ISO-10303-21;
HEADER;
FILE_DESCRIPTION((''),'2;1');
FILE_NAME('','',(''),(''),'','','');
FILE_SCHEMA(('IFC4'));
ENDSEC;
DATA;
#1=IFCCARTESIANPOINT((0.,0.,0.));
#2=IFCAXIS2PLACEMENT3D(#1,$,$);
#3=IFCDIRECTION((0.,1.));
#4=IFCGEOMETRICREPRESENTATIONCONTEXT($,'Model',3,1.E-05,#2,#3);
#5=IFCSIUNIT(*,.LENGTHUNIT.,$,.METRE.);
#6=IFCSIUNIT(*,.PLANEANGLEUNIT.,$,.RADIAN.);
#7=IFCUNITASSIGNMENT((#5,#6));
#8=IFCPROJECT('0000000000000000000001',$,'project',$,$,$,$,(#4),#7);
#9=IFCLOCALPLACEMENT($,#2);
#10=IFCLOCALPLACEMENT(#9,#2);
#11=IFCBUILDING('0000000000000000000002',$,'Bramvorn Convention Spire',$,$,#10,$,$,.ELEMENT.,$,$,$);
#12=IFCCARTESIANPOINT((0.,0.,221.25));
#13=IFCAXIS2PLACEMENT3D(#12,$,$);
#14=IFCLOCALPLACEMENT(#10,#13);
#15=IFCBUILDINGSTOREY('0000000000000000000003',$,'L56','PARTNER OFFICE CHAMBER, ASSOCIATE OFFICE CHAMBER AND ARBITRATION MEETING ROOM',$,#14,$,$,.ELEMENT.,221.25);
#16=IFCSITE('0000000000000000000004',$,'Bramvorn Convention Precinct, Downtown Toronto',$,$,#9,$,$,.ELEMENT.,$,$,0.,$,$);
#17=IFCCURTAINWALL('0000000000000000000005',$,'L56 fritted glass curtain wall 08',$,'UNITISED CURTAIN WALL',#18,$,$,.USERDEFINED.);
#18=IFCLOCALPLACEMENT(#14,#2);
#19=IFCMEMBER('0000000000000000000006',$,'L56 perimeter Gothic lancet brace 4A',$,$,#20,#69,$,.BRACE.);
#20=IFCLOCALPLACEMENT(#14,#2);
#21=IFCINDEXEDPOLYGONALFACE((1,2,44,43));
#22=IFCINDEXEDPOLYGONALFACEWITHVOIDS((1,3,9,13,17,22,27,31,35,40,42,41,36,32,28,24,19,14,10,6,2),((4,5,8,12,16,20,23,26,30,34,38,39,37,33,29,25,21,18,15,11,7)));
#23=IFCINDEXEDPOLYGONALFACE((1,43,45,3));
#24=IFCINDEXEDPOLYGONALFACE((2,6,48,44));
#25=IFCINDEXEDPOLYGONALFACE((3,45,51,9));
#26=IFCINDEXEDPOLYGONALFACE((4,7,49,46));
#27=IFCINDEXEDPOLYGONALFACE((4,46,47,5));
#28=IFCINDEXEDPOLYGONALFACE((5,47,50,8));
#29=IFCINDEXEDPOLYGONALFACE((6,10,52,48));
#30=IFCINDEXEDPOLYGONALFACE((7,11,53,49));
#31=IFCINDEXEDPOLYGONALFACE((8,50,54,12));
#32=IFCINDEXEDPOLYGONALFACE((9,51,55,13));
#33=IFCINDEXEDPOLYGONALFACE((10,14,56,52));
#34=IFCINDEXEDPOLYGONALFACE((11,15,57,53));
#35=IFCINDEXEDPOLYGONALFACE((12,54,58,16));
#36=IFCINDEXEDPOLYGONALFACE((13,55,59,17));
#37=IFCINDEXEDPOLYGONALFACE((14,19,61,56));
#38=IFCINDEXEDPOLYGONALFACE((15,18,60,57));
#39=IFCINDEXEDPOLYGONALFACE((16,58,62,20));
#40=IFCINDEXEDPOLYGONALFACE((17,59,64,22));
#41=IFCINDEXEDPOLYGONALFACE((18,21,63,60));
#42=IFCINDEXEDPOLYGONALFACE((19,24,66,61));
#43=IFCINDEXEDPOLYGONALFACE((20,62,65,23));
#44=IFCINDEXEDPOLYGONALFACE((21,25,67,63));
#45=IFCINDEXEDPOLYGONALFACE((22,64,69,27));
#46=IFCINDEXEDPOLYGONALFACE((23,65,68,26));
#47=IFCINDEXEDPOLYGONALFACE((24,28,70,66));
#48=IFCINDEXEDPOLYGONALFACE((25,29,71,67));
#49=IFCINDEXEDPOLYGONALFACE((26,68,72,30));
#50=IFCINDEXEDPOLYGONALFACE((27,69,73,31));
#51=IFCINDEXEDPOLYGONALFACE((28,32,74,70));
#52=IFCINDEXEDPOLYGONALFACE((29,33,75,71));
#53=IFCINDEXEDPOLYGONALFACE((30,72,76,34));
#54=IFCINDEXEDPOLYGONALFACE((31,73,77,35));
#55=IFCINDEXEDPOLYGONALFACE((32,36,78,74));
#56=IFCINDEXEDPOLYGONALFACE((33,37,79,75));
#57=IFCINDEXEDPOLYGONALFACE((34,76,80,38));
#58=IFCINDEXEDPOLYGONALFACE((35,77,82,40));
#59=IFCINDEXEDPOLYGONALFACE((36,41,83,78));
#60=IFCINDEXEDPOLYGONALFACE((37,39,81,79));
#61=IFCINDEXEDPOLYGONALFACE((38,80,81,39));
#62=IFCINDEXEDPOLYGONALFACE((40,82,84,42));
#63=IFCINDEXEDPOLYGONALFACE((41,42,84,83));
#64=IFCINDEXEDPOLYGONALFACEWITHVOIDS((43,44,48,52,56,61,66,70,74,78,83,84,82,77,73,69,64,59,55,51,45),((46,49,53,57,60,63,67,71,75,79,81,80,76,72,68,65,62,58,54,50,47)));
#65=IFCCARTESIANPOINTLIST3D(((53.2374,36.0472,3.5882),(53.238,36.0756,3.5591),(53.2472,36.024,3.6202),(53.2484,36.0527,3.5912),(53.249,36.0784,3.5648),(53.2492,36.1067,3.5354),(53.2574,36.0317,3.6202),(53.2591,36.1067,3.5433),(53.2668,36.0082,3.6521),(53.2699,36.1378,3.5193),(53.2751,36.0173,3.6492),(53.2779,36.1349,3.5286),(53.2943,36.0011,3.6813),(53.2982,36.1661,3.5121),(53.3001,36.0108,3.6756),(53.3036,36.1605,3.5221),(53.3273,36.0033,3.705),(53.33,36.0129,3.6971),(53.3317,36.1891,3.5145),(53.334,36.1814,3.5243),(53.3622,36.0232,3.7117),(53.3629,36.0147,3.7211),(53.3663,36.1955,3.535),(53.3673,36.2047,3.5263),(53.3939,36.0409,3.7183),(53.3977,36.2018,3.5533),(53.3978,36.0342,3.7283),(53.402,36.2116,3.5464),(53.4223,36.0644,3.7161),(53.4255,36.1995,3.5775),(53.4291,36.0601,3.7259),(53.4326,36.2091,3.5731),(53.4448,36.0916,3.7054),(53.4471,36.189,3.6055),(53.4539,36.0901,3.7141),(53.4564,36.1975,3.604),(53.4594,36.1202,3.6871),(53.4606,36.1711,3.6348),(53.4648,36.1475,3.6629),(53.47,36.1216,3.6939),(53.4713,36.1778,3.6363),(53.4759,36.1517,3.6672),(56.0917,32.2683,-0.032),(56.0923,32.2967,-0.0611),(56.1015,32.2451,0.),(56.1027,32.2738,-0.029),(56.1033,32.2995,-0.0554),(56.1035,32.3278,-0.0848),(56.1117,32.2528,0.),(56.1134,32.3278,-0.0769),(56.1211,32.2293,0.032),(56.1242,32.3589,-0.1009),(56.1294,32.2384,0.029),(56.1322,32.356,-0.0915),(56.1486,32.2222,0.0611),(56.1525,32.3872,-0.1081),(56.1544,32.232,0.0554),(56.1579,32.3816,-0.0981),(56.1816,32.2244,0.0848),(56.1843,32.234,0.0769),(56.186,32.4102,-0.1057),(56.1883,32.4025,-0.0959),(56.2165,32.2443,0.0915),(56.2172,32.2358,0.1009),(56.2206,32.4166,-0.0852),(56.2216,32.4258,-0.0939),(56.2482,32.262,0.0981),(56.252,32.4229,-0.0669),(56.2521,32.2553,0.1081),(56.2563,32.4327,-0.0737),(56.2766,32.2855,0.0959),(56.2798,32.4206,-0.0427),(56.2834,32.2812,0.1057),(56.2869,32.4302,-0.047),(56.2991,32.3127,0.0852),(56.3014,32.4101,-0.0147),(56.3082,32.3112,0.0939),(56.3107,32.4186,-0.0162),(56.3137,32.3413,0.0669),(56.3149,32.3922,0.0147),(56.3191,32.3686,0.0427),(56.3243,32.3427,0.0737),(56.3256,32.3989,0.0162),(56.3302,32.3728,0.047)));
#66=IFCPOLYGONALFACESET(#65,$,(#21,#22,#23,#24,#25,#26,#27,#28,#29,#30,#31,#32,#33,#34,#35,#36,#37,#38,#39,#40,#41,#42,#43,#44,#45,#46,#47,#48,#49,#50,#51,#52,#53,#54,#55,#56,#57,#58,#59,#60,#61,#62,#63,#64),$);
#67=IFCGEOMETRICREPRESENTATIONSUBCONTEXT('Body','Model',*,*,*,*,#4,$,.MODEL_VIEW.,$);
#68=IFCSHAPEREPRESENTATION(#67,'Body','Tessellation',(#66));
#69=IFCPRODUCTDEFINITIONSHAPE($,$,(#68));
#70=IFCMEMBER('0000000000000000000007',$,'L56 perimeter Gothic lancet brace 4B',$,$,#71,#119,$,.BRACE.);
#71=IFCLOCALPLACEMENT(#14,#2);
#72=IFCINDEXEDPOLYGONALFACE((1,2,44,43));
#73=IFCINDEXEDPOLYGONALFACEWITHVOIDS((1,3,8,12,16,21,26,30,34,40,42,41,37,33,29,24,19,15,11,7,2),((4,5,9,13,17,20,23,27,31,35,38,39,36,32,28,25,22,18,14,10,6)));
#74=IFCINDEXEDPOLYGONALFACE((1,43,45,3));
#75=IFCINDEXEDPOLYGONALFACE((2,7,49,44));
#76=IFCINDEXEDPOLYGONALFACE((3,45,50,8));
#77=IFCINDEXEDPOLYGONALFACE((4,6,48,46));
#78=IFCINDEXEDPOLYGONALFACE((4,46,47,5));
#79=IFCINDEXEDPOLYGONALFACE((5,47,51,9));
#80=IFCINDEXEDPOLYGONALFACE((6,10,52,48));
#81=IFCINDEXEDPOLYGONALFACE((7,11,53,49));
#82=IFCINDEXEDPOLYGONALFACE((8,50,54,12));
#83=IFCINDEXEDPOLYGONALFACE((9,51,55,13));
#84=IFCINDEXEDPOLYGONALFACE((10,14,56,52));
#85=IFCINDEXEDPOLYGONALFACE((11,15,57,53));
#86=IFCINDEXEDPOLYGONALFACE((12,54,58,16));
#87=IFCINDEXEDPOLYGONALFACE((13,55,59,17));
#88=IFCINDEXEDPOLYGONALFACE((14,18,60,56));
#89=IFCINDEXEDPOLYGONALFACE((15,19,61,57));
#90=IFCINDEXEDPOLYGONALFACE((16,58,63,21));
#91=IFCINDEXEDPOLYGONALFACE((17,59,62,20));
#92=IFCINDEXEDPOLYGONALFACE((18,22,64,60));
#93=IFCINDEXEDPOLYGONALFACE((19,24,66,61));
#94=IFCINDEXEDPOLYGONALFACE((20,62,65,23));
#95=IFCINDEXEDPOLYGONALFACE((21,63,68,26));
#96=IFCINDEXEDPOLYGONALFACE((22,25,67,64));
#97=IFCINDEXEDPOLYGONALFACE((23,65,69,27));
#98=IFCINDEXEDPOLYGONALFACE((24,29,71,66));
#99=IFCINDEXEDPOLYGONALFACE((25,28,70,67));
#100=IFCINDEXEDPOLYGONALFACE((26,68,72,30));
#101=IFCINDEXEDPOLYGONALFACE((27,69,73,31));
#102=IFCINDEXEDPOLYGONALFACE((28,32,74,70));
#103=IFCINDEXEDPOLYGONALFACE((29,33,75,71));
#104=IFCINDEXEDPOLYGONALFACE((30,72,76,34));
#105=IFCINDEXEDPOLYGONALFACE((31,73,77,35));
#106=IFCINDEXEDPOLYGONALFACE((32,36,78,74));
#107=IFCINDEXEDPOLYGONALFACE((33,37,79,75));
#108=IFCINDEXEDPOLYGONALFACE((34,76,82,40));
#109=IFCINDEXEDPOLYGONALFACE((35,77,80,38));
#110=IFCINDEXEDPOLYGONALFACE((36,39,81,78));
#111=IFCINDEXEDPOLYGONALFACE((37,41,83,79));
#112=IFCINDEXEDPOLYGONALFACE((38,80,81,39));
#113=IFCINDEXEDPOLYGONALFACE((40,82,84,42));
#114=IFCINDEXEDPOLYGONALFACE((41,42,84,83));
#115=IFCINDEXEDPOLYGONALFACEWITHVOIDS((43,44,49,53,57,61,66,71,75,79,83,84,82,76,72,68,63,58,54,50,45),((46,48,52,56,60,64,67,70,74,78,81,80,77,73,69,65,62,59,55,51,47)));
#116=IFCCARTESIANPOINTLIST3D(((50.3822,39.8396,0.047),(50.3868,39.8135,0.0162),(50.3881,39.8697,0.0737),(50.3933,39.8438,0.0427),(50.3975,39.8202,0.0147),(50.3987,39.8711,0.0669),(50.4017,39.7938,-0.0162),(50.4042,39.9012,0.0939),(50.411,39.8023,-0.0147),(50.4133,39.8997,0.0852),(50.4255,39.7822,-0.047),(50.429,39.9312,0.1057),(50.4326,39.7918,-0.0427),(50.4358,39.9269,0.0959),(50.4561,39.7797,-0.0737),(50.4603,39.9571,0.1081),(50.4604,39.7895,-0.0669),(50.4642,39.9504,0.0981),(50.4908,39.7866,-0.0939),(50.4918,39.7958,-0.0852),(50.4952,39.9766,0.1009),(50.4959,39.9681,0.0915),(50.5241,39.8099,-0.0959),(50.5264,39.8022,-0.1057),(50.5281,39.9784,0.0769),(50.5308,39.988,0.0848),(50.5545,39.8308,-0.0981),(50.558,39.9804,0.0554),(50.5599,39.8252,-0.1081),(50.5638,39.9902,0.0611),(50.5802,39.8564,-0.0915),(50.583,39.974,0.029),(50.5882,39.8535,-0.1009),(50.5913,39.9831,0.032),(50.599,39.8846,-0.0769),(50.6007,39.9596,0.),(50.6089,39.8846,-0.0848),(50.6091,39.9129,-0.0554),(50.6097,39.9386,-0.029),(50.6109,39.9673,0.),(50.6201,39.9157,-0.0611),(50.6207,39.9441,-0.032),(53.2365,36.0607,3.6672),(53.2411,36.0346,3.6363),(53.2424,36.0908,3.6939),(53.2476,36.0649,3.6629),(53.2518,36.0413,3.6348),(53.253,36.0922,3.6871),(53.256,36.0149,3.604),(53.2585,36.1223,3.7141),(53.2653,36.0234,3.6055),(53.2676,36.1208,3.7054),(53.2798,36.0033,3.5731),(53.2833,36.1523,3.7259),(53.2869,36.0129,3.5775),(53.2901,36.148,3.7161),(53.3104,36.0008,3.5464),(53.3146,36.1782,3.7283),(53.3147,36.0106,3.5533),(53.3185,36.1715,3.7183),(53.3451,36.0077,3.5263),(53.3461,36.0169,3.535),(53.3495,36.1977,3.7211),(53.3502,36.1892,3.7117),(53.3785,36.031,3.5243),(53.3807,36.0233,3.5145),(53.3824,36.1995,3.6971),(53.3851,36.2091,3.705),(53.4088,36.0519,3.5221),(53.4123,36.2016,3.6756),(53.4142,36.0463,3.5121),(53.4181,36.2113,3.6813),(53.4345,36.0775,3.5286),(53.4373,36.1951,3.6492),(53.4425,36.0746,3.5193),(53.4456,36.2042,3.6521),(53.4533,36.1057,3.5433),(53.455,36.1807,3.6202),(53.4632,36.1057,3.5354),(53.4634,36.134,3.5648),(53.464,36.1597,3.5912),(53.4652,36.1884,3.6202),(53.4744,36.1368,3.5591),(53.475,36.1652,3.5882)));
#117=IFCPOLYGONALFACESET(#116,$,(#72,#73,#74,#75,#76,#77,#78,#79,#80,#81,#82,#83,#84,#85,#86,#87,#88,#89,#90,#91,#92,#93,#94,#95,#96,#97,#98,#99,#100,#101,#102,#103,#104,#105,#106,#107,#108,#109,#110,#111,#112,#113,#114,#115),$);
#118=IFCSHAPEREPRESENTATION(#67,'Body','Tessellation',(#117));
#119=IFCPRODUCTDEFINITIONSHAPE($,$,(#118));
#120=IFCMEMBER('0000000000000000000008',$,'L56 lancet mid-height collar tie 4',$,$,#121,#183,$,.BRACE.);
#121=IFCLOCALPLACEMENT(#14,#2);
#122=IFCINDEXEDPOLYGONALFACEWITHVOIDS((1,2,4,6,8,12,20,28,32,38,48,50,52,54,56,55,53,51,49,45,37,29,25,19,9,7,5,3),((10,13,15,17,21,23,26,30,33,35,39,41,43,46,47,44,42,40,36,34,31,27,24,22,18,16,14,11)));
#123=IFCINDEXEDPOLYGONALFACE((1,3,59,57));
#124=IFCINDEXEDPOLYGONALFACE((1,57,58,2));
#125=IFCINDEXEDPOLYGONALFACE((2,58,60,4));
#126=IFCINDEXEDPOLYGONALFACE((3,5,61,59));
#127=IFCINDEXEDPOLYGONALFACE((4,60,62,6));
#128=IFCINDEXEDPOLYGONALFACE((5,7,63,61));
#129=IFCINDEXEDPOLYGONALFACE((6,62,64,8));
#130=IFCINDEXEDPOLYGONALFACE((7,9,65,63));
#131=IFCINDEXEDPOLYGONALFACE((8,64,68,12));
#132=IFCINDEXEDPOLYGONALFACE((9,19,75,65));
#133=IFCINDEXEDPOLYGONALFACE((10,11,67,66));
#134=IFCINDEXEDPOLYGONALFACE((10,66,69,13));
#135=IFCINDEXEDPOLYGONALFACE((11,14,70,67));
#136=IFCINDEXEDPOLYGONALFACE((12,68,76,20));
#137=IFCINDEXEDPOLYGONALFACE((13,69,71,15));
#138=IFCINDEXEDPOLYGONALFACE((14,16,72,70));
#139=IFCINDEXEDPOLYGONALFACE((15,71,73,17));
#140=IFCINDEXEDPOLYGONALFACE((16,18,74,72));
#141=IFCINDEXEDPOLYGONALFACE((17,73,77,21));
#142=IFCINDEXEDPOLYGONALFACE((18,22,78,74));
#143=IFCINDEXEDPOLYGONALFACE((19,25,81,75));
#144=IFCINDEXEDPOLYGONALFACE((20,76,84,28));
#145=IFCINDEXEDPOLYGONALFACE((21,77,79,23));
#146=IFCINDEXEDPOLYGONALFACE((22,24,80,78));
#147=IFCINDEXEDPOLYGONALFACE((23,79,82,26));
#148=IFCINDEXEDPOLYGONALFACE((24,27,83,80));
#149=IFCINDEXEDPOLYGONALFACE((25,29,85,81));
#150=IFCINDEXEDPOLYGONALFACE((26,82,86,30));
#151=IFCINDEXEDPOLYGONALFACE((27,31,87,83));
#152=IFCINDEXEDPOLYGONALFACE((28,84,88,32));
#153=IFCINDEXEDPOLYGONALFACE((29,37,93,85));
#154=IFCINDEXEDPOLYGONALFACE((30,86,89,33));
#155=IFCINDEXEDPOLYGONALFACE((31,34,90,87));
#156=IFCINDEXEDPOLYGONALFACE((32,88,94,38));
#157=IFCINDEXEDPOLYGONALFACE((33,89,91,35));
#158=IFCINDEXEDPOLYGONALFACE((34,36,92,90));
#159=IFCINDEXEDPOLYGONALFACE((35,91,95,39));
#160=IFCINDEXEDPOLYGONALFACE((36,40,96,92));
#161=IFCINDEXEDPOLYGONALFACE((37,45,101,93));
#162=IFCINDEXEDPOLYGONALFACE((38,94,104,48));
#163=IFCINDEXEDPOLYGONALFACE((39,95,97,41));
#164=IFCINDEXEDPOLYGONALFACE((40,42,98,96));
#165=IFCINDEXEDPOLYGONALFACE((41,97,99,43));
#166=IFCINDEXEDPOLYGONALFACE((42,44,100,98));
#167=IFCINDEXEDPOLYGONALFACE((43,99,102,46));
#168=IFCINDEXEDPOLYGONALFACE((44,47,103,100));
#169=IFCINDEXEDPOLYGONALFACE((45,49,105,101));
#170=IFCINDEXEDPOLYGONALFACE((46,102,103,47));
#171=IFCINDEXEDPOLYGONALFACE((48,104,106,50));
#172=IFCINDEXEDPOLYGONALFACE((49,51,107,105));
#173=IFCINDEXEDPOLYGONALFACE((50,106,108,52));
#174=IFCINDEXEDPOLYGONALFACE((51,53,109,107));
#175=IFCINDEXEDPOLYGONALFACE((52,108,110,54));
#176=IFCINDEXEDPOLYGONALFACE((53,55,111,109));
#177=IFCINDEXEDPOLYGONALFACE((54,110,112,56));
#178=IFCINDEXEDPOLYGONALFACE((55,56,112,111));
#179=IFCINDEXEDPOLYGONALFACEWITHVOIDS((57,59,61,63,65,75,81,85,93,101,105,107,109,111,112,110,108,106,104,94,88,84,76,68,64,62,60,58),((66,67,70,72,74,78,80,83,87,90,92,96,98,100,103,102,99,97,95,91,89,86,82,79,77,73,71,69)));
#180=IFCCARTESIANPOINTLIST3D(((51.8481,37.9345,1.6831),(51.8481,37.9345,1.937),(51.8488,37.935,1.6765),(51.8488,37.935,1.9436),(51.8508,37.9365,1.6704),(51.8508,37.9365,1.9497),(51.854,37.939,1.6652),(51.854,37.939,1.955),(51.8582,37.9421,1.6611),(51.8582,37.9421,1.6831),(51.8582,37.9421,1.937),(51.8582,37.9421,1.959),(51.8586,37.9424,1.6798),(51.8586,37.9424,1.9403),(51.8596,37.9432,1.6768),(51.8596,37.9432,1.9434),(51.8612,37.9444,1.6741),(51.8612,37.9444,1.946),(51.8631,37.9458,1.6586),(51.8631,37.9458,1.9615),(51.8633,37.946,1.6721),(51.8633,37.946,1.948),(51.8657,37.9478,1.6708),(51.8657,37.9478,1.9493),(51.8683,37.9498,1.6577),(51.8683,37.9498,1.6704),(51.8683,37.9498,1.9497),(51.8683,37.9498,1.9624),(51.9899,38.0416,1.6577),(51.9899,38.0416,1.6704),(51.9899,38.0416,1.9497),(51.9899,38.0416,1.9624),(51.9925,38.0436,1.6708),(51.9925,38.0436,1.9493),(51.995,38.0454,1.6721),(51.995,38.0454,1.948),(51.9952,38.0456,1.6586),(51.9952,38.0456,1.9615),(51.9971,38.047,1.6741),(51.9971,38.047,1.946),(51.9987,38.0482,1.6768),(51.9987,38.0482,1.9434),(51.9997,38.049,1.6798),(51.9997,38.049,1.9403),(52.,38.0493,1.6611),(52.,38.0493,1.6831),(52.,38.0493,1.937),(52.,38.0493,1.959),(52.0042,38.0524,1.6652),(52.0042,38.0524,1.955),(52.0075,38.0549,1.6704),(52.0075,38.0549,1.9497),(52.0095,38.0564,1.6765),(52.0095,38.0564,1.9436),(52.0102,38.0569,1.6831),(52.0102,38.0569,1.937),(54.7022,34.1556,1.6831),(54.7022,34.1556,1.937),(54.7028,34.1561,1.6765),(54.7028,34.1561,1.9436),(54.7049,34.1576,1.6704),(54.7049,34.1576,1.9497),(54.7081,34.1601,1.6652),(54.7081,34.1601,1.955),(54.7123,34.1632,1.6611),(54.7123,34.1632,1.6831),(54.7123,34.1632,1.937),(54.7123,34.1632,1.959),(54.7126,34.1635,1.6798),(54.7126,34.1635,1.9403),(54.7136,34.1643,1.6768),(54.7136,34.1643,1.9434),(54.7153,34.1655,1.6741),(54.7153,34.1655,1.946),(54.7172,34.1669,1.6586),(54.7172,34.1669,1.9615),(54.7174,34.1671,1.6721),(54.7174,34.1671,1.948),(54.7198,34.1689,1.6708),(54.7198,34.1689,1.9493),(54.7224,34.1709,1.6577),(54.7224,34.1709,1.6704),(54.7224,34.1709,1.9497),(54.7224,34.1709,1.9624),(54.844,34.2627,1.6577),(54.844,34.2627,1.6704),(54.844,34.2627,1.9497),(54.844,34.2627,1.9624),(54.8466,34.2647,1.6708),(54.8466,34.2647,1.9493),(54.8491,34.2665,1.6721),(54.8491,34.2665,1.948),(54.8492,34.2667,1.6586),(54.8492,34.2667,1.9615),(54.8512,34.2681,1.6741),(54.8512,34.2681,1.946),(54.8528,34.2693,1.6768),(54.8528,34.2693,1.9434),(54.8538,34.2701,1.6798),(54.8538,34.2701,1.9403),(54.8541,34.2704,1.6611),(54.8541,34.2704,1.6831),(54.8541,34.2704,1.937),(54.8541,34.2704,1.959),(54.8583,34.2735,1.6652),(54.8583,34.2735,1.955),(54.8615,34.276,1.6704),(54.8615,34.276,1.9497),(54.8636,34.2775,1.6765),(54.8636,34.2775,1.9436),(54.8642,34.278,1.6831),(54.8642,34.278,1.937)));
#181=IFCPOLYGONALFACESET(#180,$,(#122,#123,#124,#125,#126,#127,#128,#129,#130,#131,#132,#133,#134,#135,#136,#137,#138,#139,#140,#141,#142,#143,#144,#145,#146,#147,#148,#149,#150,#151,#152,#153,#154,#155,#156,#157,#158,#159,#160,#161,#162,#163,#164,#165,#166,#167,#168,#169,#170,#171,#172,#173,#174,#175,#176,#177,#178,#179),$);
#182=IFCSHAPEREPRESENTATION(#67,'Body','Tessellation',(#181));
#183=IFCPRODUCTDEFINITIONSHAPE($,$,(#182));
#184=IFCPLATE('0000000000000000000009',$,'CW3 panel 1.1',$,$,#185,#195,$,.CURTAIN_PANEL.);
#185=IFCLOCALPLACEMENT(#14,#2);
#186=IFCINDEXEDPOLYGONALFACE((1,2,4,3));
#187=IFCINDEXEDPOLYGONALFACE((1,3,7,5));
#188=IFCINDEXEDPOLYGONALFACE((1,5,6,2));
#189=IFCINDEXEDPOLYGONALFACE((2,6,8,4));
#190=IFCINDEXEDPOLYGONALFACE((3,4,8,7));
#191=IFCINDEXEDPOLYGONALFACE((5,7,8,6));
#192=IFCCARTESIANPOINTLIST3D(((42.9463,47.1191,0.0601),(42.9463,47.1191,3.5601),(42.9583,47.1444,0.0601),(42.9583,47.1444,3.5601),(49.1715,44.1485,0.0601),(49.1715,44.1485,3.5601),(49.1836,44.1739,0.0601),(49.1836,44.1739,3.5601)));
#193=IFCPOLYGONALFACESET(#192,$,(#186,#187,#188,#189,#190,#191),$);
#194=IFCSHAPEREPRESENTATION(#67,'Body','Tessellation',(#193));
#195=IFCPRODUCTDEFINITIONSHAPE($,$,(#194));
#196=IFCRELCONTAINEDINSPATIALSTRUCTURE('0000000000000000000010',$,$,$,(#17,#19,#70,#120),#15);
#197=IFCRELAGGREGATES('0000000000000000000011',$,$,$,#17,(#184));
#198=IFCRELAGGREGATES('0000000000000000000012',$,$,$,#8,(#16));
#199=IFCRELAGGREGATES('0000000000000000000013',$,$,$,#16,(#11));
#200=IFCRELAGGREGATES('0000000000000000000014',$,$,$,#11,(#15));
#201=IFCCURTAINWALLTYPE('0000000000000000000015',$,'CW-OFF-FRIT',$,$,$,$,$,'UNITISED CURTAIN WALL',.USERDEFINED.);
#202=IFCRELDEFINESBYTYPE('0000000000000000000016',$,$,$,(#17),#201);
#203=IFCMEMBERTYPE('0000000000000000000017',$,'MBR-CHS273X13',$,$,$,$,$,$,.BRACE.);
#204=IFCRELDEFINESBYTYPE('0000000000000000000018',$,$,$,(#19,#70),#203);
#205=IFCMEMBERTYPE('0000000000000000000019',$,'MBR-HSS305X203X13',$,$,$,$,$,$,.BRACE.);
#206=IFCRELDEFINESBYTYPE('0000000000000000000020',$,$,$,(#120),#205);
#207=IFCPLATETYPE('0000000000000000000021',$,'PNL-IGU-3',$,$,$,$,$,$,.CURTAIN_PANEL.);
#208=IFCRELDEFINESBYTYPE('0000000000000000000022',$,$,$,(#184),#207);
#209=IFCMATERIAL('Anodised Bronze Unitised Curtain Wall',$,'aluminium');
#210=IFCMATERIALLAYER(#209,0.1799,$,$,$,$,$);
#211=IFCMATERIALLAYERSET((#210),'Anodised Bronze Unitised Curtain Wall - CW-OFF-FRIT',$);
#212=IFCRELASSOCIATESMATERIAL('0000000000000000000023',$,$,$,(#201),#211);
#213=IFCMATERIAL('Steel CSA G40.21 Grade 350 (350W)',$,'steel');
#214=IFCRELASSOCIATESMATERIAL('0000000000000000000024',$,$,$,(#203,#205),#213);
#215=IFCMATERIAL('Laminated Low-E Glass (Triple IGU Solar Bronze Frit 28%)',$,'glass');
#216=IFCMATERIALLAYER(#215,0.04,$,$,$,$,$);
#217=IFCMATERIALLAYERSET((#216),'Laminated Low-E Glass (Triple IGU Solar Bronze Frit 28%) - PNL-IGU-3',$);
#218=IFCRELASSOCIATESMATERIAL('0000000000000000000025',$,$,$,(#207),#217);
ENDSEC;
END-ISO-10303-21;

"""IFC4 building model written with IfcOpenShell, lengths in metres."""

from ifc_helpers import new_model, si_unit, direction, frame, origin, origin_2d, place, context, subcontext, project, spatial, rectangle, hollow_rectangle, hollow_circle, extrude, material, layer, layer_set, material_profile, profile_set, type_object, element, aggregate, save


model = new_model("IFC4")

# Units and contexts
model_context = context("Model", 3, precision=1e-05, world=origin(), true_north=direction((0.0, 1.0)))
body_context = subcontext(model_context, "Body", "Model", "MODEL_VIEW")
ifc_project = project(units=[si_unit("LENGTHUNIT", "METRE"), si_unit("PLANEANGLEUNIT", "RADIAN")], contexts=[model_context])

# Site, building, storey
site_placement = place(None, origin())
site = spatial("IfcSite", under=ifc_project, at=site_placement, Name="Bramvorn Convention Precinct, Downtown Toronto", CompositionType="ELEMENT", RefElevation=0.0)
building_placement = place(site_placement, origin())
building = spatial("IfcBuilding", under=site, at=building_placement, Name="Bramvorn Convention Spire", CompositionType="ELEMENT")
storey_placement = place(building_placement, frame((0.0, 0.0, 221.25)))
storey = spatial("IfcBuildingStorey", under=building, at=storey_placement, Name="L56", Description="PARTNER OFFICE CHAMBER, ASSOCIATE OFFICE CHAMBER AND ARBITRATION MEETING ROOM", CompositionType="ELEMENT", Elevation=221.25)

# Shared definitions
ifc_material_1 = material(Name="Steel CSA G40.21 Grade 350 (350W)", Category="steel")

# Curtain wall
ifc_material_2 = material(Name="Anodised Bronze Unitised Curtain Wall", Category="aluminium")
ifc_layer_1 = layer(ifc_material_2, 0.1799)
ifc_layer_set_1 = layer_set([ifc_layer_1], Name="Anodised Bronze Unitised Curtain Wall - CW-OFF-FRIT")
curtain_wall_type = type_object("IfcCurtainWallType", Name="CW-OFF-FRIT", ElementType="UNITISED CURTAIN WALL", PredefinedType="USERDEFINED", material=ifc_layer_set_1)
curtain_wall_placement = place(storey_placement, origin())
curtain_wall = element("IfcCurtainWall", 1, at=curtain_wall_placement, inside=storey, type_object=curtain_wall_type, Name="L56 fritted glass curtain wall 08", ObjectType="UNITISED CURTAIN WALL", PredefinedType="USERDEFINED")

# Members
ifc_material_profile_1 = material_profile(ifc_material_1, hollow_circle(Radius=0.1365, WallThickness=0.0127, at=origin_2d()))
ifc_profile_set_1 = profile_set([ifc_material_profile_1], Name="Steel CSA G40.21 Grade 350 (350W) - CHS273X13")
member_type_1 = type_object("IfcMemberType", Name="MBR-CHS273X13", PredefinedType="BRACE", material=ifc_profile_set_1)
for number, where, z_axis, x_axis, name in (
    (2, (56.2104, 32.3274, 0.0), (-0.478835, 0.633941, 0.607319), (-0.797954, -0.602719, 0.0), "L56 perimeter Gothic lancet brace 4A"),
    (3, (50.502, 39.885, 0.0), (0.478835, -0.633941, 0.607319), (0.797954, 0.602719, 0.0), "L56 perimeter Gothic lancet brace 4B"),
):
    element("IfcMember", number, at=place(storey_placement, frame(where, z_axis=z_axis, x_axis=x_axis)), inside=storey, type_object=member_type_1, Name=name, PredefinedType="BRACE", context=body_context, shape_type="SweptSolid", body=[
        extrude(hollow_circle(Radius=0.1365, WallThickness=0.0127, at=origin_2d()), origin(), (0.0, 0.0, 1.0), 5.9609),
    ])
ifc_material_profile_2 = material_profile(ifc_material_1, hollow_rectangle(XDim=0.2031, YDim=0.3047, WallThickness=0.0127, InnerFilletRadius=0.0127, OuterFilletRadius=0.0254, at=origin_2d()))
ifc_profile_set_2 = profile_set([ifc_material_profile_2], Name="Steel CSA G40.21 Grade 350 (350W) - HSS305X203X13")
member_type_2 = type_object("IfcMemberType", Name="MBR-HSS305X203X13", PredefinedType="BRACE", material=ifc_profile_set_2)
member_1_placement = place(storey_placement, frame((54.7832, 34.2168, 1.8101), z_axis=(-0.602686, 0.797979, 0.0), x_axis=(-0.797979, -0.602686, 0.0)))
element("IfcMember", 4, at=member_1_placement, inside=storey, type_object=member_type_2, Name="L56 lancet mid-height collar tie 4", PredefinedType="BRACE", context=body_context, shape_type="SweptSolid", body=[
    extrude(hollow_rectangle(XDim=0.2031, YDim=0.3047, WallThickness=0.0127, InnerFilletRadius=0.0127, OuterFilletRadius=0.0254, at=origin_2d()), origin(), (0.0, 0.0, 1.0), 4.7356),
])

# Plate
ifc_material_3 = material(Name="Laminated Low-E Glass (Triple IGU Solar Bronze Frit 28%)", Category="glass")
ifc_layer_2 = layer(ifc_material_3, 0.04)
ifc_layer_set_2 = layer_set([ifc_layer_2], Name="Laminated Low-E Glass (Triple IGU Solar Bronze Frit 28%) - PNL-IGU-3")
plate_type = type_object("IfcPlateType", Name="PNL-IGU-3", PredefinedType="CURTAIN_PANEL", material=ifc_layer_set_2)
plate_placement = place(storey_placement, frame((46.0649, 45.6465, 0.0601), z_axis=(0.0, 0.0, 1.0), x_axis=(0.902515, -0.430659, 0.0)))
plate = element("IfcPlate", 5, at=plate_placement, type_object=plate_type, Name="CW3 panel 1.1", PredefinedType="CURTAIN_PANEL", context=body_context, shape_type="SweptSolid", body=[
    extrude(rectangle(XDim=6.8977, YDim=0.0281, at=origin_2d()), origin(), (0.0, 0.0, 1.0), 3.5),
])
aggregate(curtain_wall, [plate])

save(model, "model.ifc")
